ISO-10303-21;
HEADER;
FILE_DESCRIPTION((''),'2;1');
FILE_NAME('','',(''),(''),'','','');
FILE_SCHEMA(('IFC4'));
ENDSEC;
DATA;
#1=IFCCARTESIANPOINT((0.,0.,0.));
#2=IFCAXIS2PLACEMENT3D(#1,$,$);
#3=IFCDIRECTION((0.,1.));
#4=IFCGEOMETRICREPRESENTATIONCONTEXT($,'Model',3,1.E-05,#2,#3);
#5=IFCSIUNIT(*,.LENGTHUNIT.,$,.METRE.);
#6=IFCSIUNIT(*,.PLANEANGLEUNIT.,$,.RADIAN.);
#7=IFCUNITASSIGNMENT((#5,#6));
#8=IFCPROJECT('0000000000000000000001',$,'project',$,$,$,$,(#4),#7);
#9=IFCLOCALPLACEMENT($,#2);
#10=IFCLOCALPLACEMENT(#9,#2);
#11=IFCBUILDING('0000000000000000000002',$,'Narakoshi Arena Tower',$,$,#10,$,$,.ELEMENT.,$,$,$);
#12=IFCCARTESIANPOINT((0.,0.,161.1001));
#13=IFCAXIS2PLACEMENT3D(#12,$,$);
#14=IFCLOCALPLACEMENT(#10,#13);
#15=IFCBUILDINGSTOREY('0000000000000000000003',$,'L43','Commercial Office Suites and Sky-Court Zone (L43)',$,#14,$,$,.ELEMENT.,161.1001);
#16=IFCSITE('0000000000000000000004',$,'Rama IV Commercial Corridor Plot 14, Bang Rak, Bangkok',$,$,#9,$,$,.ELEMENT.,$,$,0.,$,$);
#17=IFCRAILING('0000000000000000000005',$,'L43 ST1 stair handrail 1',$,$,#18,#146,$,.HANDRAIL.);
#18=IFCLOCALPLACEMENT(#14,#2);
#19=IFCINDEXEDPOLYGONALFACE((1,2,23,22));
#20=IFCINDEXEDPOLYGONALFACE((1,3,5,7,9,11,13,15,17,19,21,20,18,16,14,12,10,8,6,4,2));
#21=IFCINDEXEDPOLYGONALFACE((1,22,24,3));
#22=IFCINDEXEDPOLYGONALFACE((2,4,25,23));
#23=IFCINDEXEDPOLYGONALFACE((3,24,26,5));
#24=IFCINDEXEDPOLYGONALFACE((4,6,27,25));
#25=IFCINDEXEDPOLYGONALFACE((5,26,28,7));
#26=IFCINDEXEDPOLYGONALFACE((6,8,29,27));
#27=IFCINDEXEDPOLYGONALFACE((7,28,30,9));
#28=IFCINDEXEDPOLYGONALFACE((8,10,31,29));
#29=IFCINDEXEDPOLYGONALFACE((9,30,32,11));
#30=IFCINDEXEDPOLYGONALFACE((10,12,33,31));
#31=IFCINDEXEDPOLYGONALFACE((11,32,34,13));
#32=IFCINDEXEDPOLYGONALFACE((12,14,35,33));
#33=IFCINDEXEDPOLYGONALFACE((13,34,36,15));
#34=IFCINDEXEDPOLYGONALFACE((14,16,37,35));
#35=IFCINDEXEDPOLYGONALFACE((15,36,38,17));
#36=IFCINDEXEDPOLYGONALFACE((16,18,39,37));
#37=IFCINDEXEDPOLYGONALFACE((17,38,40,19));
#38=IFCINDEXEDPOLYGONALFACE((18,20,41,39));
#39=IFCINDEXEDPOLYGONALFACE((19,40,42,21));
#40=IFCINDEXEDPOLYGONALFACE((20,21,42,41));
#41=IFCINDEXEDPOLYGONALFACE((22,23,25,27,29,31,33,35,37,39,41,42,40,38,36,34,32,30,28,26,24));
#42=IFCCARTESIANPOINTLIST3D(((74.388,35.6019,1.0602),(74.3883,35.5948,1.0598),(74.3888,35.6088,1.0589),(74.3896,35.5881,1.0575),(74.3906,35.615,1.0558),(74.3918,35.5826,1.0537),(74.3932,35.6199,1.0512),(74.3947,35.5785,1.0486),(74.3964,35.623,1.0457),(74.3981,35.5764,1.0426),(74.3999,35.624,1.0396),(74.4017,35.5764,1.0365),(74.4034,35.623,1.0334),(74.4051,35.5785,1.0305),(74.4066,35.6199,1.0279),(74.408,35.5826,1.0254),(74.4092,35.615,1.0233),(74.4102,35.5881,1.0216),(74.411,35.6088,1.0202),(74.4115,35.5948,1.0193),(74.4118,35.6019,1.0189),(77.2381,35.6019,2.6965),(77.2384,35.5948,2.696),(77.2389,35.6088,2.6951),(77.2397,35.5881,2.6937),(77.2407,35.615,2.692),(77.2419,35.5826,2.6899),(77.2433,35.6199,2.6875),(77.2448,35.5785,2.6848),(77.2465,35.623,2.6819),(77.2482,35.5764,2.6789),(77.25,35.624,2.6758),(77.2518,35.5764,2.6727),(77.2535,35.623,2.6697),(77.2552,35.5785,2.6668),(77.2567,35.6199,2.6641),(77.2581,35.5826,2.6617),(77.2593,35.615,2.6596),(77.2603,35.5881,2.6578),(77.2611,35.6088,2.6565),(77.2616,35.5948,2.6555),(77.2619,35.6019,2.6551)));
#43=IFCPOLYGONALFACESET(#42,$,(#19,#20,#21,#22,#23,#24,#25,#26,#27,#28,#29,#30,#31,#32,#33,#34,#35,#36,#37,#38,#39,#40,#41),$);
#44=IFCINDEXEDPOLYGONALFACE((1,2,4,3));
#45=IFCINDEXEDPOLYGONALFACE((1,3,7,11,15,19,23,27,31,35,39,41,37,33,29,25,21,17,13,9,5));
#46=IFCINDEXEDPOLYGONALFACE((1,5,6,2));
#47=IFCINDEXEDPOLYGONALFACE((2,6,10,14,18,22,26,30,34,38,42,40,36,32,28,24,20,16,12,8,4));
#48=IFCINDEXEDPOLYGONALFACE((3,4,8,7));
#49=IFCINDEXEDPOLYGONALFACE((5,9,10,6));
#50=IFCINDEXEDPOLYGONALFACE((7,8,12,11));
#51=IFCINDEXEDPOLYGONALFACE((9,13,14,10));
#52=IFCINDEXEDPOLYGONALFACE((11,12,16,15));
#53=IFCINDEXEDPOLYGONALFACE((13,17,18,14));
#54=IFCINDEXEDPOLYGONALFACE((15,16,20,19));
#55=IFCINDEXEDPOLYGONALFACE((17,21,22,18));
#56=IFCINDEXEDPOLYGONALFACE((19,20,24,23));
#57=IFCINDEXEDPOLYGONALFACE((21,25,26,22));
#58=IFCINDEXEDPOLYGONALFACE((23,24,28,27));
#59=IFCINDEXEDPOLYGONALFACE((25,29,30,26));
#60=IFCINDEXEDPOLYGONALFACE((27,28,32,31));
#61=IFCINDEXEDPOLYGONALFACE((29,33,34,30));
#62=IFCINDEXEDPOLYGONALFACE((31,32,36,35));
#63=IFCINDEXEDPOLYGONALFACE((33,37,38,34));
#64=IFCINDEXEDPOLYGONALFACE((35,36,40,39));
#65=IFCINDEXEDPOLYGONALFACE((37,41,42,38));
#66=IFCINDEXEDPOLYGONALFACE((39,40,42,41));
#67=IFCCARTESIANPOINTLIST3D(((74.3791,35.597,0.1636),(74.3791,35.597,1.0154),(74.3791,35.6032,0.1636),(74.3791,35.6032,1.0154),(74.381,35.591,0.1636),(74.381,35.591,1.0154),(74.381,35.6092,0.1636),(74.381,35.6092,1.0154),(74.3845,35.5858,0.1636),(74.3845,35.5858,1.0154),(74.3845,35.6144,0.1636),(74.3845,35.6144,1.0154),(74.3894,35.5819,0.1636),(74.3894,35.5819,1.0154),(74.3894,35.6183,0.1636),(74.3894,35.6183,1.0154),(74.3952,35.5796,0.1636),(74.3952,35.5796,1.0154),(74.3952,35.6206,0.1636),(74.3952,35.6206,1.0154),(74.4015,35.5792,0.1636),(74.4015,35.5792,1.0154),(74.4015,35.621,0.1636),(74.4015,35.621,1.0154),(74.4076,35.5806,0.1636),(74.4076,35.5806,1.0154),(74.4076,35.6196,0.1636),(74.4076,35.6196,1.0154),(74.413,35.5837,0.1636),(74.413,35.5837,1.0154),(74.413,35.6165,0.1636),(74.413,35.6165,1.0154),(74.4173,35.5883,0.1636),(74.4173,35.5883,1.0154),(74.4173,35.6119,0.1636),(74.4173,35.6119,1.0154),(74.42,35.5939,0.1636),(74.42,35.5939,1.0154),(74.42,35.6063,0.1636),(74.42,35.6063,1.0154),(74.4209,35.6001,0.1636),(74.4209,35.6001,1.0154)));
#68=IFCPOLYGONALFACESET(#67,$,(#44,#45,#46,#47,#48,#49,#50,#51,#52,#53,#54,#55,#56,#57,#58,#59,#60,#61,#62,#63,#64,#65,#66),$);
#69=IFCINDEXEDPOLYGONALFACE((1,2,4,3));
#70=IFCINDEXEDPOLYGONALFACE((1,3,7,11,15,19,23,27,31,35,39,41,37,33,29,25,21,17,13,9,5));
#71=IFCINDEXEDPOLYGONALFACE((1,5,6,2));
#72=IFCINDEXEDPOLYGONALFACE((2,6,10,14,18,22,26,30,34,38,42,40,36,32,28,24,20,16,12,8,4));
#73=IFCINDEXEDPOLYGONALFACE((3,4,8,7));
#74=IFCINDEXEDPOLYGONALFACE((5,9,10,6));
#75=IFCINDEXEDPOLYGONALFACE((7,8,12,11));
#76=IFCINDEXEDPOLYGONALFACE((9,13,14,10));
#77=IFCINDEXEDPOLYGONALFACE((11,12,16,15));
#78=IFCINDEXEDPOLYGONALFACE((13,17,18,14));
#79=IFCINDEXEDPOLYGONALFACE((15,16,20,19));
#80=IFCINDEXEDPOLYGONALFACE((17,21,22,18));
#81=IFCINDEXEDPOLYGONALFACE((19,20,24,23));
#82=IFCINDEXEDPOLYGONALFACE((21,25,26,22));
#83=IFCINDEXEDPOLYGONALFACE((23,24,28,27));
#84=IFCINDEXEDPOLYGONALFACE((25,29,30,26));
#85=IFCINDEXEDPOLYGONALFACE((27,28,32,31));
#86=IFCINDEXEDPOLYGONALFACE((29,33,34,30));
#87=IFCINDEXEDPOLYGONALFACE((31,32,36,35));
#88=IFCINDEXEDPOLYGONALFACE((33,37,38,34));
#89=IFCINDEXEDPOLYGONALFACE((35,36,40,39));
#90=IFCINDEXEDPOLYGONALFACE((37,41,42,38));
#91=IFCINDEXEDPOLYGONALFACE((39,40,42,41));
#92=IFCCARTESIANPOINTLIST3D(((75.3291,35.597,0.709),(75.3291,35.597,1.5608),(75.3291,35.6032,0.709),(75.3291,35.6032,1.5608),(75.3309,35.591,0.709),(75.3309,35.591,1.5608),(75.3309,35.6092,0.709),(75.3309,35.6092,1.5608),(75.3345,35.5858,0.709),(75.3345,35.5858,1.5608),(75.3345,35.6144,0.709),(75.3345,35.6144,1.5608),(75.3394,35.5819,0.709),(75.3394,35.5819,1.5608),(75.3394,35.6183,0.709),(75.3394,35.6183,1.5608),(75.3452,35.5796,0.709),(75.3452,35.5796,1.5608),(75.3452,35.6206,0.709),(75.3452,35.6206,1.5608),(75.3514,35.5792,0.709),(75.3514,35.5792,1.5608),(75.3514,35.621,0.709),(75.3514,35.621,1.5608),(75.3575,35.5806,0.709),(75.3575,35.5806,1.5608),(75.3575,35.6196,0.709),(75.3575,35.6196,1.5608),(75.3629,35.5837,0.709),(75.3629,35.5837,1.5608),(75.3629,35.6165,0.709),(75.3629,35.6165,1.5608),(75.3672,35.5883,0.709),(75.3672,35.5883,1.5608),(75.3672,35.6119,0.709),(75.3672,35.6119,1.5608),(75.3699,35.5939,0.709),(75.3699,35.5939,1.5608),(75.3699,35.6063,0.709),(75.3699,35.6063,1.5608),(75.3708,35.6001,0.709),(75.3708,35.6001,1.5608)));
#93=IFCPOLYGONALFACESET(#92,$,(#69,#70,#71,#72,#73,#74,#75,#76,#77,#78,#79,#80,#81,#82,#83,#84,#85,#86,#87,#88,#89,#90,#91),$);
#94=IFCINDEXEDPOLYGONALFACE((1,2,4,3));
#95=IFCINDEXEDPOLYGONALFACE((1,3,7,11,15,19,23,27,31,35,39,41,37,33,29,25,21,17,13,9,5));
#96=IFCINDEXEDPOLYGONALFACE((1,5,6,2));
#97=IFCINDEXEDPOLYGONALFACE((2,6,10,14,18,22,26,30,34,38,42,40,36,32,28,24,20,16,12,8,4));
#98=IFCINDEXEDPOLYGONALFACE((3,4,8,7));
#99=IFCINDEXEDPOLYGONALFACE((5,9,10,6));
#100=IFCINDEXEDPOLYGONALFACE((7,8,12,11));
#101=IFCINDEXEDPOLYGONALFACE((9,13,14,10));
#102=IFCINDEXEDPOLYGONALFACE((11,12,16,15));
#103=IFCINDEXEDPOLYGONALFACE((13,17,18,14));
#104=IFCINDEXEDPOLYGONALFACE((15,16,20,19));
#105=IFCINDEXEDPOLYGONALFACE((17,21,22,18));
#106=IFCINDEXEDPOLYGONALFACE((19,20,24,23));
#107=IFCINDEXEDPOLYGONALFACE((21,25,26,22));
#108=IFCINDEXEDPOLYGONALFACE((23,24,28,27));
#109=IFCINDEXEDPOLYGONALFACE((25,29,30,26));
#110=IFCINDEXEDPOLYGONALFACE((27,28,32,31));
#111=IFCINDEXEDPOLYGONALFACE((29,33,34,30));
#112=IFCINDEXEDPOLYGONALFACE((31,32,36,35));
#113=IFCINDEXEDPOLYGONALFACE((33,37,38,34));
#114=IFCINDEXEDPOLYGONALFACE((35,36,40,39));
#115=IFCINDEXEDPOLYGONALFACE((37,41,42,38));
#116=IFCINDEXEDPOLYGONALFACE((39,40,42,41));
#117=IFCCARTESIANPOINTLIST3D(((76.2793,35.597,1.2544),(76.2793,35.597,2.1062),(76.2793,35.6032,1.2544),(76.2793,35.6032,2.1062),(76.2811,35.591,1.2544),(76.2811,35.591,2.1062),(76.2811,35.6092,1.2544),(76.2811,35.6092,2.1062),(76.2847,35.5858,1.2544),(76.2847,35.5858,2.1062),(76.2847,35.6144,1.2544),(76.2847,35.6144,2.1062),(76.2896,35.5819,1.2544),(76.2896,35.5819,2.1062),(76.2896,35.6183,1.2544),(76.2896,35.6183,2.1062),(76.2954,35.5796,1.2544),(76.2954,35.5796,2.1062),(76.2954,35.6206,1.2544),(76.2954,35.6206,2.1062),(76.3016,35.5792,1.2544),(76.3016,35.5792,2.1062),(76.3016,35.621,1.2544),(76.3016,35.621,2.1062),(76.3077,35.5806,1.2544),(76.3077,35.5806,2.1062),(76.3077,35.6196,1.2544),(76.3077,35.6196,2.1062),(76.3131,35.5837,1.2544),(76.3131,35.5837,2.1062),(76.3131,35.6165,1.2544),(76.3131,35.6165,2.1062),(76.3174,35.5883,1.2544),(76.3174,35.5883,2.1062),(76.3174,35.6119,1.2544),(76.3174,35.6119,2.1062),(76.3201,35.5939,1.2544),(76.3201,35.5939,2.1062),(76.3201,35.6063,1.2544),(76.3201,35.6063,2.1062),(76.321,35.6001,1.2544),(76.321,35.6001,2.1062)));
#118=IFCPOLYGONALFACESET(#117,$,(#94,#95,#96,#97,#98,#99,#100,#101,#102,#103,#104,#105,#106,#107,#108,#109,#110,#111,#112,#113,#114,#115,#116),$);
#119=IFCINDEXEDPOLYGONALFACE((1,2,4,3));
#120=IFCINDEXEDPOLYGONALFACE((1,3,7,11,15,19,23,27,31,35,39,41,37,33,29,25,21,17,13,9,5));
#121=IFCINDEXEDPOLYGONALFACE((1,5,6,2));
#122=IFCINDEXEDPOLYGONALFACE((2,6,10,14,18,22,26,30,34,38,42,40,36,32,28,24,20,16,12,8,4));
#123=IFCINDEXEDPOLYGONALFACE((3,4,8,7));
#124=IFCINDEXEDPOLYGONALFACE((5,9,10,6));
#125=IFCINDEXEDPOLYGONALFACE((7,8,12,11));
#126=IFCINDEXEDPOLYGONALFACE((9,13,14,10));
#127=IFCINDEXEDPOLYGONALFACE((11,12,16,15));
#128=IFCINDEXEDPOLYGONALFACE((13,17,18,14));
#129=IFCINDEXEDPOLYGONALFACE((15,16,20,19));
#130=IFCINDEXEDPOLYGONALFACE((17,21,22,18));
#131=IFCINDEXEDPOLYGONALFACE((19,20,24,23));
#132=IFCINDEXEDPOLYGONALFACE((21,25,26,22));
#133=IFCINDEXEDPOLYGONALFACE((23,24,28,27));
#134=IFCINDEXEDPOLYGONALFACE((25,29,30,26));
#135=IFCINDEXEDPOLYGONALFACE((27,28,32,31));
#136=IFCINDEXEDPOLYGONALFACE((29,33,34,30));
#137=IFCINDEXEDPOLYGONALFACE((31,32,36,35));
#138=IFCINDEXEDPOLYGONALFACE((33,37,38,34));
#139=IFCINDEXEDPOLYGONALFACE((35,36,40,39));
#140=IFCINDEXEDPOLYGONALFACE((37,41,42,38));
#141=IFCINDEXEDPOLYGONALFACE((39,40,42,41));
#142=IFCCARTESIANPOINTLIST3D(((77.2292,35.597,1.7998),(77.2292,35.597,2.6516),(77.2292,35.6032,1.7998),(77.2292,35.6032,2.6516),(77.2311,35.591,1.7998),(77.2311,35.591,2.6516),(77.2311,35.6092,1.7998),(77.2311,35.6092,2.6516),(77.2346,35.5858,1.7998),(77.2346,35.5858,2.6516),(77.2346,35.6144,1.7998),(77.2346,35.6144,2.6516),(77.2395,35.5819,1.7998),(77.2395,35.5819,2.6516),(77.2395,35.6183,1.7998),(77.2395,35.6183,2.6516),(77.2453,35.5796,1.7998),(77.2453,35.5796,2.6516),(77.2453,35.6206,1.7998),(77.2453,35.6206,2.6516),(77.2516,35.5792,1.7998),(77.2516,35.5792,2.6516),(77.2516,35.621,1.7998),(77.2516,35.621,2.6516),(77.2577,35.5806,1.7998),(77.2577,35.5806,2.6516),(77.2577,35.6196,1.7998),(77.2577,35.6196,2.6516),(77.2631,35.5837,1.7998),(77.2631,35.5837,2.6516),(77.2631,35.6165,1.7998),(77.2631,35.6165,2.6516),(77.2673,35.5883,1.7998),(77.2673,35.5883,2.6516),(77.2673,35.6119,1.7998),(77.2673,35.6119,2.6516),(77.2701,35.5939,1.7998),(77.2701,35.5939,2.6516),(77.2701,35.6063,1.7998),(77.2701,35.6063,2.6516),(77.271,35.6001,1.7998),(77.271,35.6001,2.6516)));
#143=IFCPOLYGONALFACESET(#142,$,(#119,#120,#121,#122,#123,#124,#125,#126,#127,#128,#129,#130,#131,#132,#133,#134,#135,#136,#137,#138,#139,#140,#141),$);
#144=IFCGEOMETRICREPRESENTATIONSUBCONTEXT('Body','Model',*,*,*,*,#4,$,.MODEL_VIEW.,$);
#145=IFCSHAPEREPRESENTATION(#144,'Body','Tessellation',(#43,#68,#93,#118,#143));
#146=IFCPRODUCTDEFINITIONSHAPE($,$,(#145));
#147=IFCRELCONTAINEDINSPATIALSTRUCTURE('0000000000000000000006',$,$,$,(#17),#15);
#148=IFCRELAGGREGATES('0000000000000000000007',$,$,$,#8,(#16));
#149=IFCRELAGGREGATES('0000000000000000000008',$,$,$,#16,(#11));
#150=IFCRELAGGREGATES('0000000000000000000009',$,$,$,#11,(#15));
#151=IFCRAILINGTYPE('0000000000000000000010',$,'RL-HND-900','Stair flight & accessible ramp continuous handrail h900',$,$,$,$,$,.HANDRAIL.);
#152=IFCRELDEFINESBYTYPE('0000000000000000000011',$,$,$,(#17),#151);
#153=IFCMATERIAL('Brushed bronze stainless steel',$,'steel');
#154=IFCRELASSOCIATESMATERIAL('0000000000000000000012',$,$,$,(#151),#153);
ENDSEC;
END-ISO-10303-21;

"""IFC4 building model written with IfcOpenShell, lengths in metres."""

from ifc_helpers import new_model, si_unit, direction, frame, origin, origin_2d, place, context, subcontext, project, spatial, circle, extrude, material, type_object, element, save


model = new_model("IFC4")

# Units and contexts
model_context = context("Model", 3, precision=1e-05, world=origin(), true_north=direction((0.0, 1.0)))
body_context = subcontext(model_context, "Body", "Model", "MODEL_VIEW")
ifc_project = project(units=[si_unit("LENGTHUNIT", "METRE"), si_unit("PLANEANGLEUNIT", "RADIAN")], contexts=[model_context])

# Site, building, storey
site_placement = place(None, origin())
site = spatial("IfcSite", under=ifc_project, at=site_placement, Name="Rama IV Commercial Corridor Plot 14, Bang Rak, Bangkok", CompositionType="ELEMENT", RefElevation=0.0)
building_placement = place(site_placement, origin())
building = spatial("IfcBuilding", under=site, at=building_placement, Name="Narakoshi Arena Tower", CompositionType="ELEMENT")
storey_placement = place(building_placement, frame((0.0, 0.0, 161.1001)))
storey = spatial("IfcBuildingStorey", under=building, at=storey_placement, Name="L43", Description="Commercial Office Suites and Sky-Court Zone (L43)", CompositionType="ELEMENT", Elevation=161.1001)

# Railing
ifc_material_1 = material(Name="Brushed bronze stainless steel", Category="steel")
railing_type_1 = type_object("IfcRailingType", Name="RL-HND-900", Description="Stair flight & accessible ramp continuous handrail h900", PredefinedType="HANDRAIL", material=ifc_material_1)
railing_1_placement = place(storey_placement, frame((74.3999, 35.6001, 0.1636)))
element("IfcRailing", 1, at=railing_1_placement, inside=storey, type_object=railing_type_1, Name="L43 ST1 stair handrail 1", PredefinedType="HANDRAIL", context=body_context, shape_type="SweptSolid", body=[
    extrude(circle(Radius=0.0239, at=origin_2d()), frame((0.0, 0.0, 0.876), z_axis=(0.867245, 0.0, 0.497882), x_axis=(0.0, 1.0, 0.0)), (0.0, 0.0, 1.0), 3.2864),
    extrude(circle(Radius=0.021, at=origin_2d()), origin(), (0.0, 0.0, 1.0), 0.8518),
    extrude(circle(Radius=0.021, at=origin_2d()), frame((0.95, 0.0, 0.5454)), (0.0, 0.0, 1.0), 0.8518),
    extrude(circle(Radius=0.021, at=origin_2d()), frame((1.9001, 0.0, 1.0908)), (0.0, 0.0, 1.0), 0.8518),
    extrude(circle(Radius=0.021, at=origin_2d()), frame((2.8501, 0.0, 1.6362)), (0.0, 0.0, 1.0), 0.8518),
])

save(model, "model.ifc")
